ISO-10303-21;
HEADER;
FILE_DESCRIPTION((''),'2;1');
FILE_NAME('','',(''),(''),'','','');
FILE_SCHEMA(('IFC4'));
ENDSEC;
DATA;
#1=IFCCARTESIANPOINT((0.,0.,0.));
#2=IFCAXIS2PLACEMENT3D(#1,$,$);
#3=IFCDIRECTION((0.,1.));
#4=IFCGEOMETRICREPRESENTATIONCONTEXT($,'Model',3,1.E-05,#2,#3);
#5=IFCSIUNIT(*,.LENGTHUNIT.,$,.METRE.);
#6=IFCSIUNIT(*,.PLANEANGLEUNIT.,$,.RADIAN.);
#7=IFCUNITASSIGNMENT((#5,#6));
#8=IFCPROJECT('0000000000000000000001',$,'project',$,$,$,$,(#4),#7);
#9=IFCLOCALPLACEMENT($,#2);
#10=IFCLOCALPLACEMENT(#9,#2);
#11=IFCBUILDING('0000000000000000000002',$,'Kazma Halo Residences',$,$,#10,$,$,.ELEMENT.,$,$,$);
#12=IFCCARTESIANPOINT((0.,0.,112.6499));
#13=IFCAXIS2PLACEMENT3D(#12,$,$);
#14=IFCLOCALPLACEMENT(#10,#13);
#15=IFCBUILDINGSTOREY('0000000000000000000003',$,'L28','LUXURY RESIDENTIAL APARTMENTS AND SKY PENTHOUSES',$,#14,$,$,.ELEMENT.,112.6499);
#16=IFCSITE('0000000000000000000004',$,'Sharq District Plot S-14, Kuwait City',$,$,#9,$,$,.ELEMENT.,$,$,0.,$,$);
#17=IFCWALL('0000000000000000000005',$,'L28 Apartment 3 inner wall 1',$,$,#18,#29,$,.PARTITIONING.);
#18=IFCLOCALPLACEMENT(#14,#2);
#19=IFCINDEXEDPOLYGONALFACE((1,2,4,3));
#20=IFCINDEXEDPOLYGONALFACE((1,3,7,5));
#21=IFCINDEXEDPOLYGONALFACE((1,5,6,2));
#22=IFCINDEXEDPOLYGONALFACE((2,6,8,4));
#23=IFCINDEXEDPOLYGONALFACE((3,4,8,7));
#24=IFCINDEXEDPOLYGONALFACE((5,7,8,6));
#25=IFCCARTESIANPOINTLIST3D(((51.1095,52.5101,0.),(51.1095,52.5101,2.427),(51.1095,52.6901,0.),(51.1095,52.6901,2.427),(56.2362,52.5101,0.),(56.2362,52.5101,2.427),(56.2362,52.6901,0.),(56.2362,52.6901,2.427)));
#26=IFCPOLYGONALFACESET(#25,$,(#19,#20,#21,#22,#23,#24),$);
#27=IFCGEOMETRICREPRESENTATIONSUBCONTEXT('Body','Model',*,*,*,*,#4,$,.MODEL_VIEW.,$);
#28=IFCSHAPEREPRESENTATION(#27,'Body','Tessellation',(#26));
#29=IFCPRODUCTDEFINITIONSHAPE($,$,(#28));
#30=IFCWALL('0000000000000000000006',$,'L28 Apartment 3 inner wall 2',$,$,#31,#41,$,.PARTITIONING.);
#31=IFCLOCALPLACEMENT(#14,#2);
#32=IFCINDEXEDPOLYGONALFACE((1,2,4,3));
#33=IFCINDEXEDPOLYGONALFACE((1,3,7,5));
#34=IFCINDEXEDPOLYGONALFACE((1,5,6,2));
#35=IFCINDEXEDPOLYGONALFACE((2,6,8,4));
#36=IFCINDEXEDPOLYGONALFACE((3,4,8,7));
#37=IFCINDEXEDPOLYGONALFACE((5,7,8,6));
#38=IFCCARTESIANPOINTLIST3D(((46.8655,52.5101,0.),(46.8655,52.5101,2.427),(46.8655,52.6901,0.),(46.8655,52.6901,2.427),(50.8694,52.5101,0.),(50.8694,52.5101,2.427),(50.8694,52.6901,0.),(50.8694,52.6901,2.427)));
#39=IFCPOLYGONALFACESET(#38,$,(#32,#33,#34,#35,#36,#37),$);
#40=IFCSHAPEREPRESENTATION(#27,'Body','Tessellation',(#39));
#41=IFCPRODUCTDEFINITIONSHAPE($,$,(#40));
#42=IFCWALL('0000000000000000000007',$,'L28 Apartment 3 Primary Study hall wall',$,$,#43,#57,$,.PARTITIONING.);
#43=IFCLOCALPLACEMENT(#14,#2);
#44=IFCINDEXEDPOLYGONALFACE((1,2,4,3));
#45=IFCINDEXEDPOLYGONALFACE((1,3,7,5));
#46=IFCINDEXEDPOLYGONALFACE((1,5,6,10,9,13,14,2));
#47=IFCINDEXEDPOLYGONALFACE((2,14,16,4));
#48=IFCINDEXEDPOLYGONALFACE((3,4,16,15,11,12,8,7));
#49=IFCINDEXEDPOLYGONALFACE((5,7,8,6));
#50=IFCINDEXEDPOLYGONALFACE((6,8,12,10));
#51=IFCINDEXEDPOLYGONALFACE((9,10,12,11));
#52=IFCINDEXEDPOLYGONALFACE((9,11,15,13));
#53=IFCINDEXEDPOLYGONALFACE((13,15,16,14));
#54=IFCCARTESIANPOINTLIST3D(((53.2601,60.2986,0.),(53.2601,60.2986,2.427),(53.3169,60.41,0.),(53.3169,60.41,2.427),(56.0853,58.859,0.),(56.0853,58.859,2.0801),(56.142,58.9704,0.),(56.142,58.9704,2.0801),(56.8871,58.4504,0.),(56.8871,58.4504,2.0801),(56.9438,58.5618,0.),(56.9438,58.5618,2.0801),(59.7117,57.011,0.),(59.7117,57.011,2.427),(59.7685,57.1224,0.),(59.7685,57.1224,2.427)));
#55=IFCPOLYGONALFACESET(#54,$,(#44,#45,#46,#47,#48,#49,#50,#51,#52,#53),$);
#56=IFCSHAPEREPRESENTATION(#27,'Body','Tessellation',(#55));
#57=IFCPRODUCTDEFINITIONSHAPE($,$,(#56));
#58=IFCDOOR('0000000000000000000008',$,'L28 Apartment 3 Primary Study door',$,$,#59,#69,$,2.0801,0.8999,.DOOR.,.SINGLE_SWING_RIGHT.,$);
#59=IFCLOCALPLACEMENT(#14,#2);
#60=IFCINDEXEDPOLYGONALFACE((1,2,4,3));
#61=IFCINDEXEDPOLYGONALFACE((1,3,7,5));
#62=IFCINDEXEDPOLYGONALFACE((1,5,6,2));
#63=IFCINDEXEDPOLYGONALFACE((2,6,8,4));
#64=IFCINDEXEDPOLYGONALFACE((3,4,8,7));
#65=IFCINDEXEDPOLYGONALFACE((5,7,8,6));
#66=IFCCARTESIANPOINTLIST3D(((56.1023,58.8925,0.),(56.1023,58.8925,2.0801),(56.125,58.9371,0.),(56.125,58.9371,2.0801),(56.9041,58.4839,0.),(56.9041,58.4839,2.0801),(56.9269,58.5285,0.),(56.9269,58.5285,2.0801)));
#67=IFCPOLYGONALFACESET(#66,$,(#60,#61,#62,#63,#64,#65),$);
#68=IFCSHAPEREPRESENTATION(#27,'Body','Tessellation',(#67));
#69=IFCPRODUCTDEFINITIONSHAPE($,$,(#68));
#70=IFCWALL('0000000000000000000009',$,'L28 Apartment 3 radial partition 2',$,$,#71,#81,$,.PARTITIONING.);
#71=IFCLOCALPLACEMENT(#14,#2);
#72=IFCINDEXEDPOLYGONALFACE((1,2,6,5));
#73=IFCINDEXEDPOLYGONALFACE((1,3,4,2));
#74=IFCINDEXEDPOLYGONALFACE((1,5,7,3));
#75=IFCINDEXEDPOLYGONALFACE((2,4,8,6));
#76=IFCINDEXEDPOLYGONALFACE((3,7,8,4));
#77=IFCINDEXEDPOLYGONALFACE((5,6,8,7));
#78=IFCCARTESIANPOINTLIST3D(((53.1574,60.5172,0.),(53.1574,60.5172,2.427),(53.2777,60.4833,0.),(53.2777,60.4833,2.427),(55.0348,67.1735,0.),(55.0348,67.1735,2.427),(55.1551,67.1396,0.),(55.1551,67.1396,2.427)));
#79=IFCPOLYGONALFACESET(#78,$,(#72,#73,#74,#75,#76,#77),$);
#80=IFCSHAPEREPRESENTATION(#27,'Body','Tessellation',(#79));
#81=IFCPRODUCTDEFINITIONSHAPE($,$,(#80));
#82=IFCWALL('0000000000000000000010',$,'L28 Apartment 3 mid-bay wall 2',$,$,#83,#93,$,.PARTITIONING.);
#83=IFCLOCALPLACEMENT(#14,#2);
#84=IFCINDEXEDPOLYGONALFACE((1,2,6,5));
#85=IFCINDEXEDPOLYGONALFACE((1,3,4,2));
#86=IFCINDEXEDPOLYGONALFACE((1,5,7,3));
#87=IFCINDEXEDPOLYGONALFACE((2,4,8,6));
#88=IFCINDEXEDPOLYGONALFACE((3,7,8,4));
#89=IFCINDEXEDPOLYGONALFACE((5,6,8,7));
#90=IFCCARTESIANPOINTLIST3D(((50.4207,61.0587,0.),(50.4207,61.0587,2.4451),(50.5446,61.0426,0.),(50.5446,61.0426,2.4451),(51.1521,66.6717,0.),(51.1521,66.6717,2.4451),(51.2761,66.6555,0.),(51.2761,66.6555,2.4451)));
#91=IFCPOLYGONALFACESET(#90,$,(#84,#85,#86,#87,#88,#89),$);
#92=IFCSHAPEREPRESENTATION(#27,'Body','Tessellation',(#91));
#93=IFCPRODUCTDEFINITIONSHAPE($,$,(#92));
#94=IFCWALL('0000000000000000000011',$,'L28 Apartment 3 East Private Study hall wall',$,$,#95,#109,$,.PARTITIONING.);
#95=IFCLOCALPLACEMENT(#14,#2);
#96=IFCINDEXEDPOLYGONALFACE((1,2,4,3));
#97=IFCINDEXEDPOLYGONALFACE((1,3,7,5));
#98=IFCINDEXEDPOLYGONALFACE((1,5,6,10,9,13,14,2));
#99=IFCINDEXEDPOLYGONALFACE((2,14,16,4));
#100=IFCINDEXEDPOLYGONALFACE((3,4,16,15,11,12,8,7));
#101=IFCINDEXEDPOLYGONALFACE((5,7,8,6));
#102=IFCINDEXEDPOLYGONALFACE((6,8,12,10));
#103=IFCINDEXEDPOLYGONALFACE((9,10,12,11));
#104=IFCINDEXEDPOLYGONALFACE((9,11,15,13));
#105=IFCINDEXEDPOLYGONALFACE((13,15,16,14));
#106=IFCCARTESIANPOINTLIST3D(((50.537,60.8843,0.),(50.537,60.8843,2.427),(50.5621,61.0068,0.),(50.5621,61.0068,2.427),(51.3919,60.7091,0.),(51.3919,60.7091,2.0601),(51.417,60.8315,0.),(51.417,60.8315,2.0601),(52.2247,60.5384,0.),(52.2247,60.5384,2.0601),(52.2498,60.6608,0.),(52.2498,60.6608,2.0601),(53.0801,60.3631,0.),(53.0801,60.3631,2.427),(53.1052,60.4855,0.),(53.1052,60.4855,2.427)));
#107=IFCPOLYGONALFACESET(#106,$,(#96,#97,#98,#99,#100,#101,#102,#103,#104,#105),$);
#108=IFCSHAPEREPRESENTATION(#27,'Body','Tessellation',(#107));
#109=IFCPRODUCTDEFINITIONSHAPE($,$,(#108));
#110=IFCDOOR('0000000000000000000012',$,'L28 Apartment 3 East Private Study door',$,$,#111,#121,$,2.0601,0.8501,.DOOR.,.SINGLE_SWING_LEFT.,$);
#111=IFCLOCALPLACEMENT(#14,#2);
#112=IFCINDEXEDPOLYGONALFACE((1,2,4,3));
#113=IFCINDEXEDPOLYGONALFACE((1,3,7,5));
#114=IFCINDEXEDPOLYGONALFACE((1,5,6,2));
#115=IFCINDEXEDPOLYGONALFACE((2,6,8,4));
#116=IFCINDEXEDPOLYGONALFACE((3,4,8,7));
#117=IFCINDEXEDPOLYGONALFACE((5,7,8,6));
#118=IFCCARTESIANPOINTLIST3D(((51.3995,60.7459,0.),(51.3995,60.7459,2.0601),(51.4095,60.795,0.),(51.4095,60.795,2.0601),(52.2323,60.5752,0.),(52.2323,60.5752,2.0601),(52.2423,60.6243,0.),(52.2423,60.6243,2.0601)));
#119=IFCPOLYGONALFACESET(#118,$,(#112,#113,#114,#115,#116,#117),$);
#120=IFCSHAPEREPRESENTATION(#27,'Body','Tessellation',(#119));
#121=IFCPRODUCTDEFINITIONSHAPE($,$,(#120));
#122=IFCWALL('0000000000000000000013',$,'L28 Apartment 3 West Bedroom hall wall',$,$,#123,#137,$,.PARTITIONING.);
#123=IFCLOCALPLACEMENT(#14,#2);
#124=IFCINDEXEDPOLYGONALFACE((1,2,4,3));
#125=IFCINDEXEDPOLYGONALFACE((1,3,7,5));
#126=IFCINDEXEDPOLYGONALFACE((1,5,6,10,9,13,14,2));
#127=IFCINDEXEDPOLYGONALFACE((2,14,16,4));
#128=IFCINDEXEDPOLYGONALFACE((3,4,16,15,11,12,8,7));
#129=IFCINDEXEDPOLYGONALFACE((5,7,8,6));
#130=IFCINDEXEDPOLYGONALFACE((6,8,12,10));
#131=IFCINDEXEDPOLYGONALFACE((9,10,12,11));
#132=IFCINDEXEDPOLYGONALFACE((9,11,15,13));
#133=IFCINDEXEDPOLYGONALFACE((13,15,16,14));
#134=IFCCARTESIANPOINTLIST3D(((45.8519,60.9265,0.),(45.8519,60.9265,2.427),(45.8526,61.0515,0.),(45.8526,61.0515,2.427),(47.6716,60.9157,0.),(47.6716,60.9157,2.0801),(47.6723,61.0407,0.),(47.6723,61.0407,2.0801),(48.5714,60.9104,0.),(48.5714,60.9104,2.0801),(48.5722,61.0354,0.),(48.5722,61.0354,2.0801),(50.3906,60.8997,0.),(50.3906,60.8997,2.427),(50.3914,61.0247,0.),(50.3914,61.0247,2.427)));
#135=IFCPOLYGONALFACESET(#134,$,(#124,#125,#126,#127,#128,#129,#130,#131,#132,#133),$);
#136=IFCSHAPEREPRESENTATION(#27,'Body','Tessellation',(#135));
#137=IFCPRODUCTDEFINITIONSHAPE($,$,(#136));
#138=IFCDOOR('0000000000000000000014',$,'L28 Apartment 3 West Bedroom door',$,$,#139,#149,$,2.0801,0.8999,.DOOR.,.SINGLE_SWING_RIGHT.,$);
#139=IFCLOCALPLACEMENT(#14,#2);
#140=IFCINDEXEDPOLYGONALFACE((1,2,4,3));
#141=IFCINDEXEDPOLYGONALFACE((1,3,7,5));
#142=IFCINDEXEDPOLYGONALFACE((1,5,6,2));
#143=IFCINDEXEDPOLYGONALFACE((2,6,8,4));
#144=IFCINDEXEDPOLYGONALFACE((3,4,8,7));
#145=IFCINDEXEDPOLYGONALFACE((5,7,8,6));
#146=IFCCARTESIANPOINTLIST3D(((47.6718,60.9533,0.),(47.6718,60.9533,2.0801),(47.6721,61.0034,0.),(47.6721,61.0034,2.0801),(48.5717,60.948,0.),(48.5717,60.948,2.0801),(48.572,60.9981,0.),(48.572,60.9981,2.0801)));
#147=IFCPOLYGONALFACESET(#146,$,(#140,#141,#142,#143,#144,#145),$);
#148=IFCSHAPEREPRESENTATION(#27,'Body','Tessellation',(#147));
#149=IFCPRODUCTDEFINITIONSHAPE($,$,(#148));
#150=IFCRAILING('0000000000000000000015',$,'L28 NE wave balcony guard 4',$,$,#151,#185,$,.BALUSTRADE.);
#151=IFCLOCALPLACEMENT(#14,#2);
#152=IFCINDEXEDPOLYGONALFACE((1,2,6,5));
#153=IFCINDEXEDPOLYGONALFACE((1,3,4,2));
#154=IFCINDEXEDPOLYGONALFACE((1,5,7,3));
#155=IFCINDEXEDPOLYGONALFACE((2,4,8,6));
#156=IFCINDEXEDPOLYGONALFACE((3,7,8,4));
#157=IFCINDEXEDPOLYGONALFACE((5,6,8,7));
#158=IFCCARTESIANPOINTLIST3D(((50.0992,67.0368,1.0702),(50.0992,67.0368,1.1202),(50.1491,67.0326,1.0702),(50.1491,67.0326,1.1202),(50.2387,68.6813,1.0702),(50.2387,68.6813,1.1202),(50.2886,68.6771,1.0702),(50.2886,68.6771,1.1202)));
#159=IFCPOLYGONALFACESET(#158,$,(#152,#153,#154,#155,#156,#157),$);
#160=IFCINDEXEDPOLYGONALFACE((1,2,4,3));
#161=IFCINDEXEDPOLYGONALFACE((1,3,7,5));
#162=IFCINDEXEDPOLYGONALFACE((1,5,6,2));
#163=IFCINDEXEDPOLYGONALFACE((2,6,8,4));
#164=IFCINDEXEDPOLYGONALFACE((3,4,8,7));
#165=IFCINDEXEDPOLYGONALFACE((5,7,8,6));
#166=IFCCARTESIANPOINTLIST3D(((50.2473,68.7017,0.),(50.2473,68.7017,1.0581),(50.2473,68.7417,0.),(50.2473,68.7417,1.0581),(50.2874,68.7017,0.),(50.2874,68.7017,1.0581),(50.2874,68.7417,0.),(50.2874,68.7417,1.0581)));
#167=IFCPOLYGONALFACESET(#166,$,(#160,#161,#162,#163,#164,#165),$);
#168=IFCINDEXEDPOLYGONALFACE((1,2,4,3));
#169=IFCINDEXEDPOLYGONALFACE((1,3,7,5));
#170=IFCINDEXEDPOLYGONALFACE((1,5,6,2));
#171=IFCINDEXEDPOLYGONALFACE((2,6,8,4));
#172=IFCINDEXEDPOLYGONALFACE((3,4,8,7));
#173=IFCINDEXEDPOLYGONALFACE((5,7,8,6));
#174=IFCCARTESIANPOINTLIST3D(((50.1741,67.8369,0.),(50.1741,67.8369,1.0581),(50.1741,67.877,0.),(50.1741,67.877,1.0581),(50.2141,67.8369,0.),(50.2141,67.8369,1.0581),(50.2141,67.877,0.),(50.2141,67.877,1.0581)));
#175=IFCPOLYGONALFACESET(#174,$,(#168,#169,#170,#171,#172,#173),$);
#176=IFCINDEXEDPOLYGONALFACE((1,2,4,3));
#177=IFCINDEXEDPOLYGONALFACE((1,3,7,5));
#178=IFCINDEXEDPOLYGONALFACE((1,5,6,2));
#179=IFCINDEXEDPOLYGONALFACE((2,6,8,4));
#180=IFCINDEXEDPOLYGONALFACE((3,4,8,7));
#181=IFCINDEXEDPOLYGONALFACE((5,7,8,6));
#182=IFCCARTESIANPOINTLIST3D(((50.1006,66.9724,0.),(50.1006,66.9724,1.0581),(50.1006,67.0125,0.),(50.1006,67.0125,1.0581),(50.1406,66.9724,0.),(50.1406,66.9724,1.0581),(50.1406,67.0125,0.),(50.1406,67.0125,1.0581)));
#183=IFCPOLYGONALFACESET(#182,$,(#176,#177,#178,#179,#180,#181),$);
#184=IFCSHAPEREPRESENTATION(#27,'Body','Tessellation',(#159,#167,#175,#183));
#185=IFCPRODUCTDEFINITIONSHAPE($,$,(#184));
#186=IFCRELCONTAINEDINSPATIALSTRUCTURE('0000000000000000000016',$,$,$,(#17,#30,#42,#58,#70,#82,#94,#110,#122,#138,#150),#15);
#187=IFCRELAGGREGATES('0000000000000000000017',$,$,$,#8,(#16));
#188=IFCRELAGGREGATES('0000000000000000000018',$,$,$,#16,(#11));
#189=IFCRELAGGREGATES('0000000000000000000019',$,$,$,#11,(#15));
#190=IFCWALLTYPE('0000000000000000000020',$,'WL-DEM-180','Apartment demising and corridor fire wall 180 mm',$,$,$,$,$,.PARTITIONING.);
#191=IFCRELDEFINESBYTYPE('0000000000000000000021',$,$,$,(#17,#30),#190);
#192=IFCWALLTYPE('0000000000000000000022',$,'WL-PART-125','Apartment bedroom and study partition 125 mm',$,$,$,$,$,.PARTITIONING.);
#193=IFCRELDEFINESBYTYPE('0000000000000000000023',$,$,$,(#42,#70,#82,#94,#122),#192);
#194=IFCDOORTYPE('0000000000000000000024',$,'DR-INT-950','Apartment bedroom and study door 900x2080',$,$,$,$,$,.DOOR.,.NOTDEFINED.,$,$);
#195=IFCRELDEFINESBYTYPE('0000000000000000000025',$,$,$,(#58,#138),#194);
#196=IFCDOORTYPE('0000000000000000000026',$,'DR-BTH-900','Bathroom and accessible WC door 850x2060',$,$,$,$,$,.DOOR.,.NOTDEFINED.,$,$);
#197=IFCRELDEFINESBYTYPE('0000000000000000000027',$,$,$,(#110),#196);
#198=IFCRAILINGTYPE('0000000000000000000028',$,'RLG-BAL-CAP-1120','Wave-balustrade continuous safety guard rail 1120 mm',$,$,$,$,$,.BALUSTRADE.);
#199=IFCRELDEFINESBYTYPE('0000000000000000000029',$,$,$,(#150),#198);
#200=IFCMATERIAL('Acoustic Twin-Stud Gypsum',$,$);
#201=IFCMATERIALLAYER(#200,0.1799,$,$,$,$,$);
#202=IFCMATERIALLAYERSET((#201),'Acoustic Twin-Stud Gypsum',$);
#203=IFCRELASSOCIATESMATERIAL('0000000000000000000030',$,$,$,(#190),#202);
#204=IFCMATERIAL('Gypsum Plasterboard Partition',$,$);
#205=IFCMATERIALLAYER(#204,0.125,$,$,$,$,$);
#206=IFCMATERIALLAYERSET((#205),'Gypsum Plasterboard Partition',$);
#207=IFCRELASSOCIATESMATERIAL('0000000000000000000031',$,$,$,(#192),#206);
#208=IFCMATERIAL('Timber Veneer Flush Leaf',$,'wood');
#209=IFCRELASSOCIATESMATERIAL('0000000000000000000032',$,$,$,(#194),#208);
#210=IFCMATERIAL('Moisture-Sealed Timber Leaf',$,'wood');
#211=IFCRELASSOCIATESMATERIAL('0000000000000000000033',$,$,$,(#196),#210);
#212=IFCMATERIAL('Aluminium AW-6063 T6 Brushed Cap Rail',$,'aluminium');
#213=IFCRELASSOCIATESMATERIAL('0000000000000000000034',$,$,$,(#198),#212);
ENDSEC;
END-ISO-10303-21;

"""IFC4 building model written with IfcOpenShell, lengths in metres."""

from ifc_helpers import new_model, si_unit, direction, frame, frame_2d, origin, origin_2d, place, context, subcontext, project, spatial, rectangle, extrude, material, layer, layer_set, type_object, element, fill, save


model = new_model("IFC4")

# Units and contexts
model_context = context("Model", 3, precision=1e-05, world=origin(), true_north=direction((0.0, 1.0)))
body_context = subcontext(model_context, "Body", "Model", "MODEL_VIEW")
ifc_project = project(units=[si_unit("LENGTHUNIT", "METRE"), si_unit("PLANEANGLEUNIT", "RADIAN")], contexts=[model_context])

# Site, building, storey
site_placement = place(None, origin())
site = spatial("IfcSite", under=ifc_project, at=site_placement, Name="Sharq District Plot S-14, Kuwait City", CompositionType="ELEMENT", RefElevation=0.0)
building_placement = place(site_placement, origin())
building = spatial("IfcBuilding", under=site, at=building_placement, Name="Kazma Halo Residences", CompositionType="ELEMENT")
storey_placement = place(building_placement, frame((0.0, 0.0, 112.6499)))
storey = spatial("IfcBuildingStorey", under=building, at=storey_placement, Name="L28", Description="LUXURY RESIDENTIAL APARTMENTS AND SKY PENTHOUSES", CompositionType="ELEMENT", Elevation=112.6499)

# Walls
ifc_material_1 = material(Name="Acoustic Twin-Stud Gypsum")
ifc_layer_1 = layer(ifc_material_1, 0.1799)
ifc_layer_set_1 = layer_set([ifc_layer_1], Name="Acoustic Twin-Stud Gypsum")
wall_type_1 = type_object("IfcWallType", Name="WL-DEM-180", Description="Apartment demising and corridor fire wall 180 mm", PredefinedType="PARTITIONING", material=ifc_layer_set_1)
wall_1_placement = place(storey_placement, frame((56.2363, 52.6001, 0.0), z_axis=(0.0, 0.0, 1.0), x_axis=(-1.0, 0.0, 0.0)))
element("IfcWall", 1, at=wall_1_placement, inside=storey, type_object=wall_type_1, Name="L28 Apartment 3 inner wall 1", PredefinedType="PARTITIONING", context=body_context, shape_type="SweptSolid", body=[
    extrude(rectangle(XDim=5.1267, YDim=0.1799, at=frame_2d((2.5635, 0.0))), origin(), (0.0, 0.0, 1.0), 2.427),
])
wall_2_placement = place(storey_placement, frame((50.8694, 52.6001, 0.0), z_axis=(0.0, 0.0, 1.0), x_axis=(-1.0, 0.0, 0.0)))
element("IfcWall", 2, at=wall_2_placement, inside=storey, type_object=wall_type_1, Name="L28 Apartment 3 inner wall 2", PredefinedType="PARTITIONING", context=body_context, shape_type="SweptSolid", body=[
    extrude(rectangle(XDim=4.0039, YDim=0.1799, at=frame_2d((2.002, 0.0))), origin(), (0.0, 0.0, 1.0), 2.427),
])

# Wall, opening, door
ifc_material_2 = material(Name="Gypsum Plasterboard Partition")
ifc_layer_2 = layer(ifc_material_2, 0.125)
ifc_layer_set_2 = layer_set([ifc_layer_2], Name="Gypsum Plasterboard Partition")
wall_type_2 = type_object("IfcWallType", Name="WL-PART-125", Description="Apartment bedroom and study partition 125 mm", PredefinedType="PARTITIONING", material=ifc_layer_set_2)
wall_3_placement = place(storey_placement, frame((59.7402, 57.0667, 0.0), z_axis=(0.0, 0.0, 1.0), x_axis=(-0.890989, 0.454025, 0.0)))
wall_3 = element("IfcWall", 3, at=wall_3_placement, inside=storey, type_object=wall_type_2, Name="L28 Apartment 3 Primary Study hall wall", PredefinedType="PARTITIONING", context=body_context, shape_type="SweptSolid", body=[
    extrude(rectangle(XDim=7.241, YDim=0.125, at=frame_2d((3.6206, 0.0))), origin(), (0.0, 0.0, 1.0), 2.427),
])
opening_1_placement = place(wall_3_placement, frame((3.1704, 0.0, 0.0)))
opening_1 = element("IfcOpeningElement", 4, at=opening_1_placement, cuts=wall_3, PredefinedType="OPENING", context=body_context, shape_type="SweptSolid", body=[
    extrude(rectangle(XDim=0.8999, YDim=2.0801, at=frame_2d((0.45, 1.04))), frame((0.0, 0.0725, 0.0), z_axis=(0.0, -1.0, 0.0), x_axis=(1.0, 0.0, 0.0)), (0.0, 0.0, 1.0), 0.145),
])
ifc_material_3 = material(Name="Timber Veneer Flush Leaf", Category="wood")
door_type_1 = type_object("IfcDoorType", Name="DR-INT-950", Description="Apartment bedroom and study door 900x2080", OperationType="NOTDEFINED", PredefinedType="DOOR", material=ifc_material_3)
door_1_placement = place(opening_1_placement, origin())
door_1 = element("IfcDoor", 5, at=door_1_placement, inside=storey, type_object=door_type_1, Name="L28 Apartment 3 Primary Study door", OperationType="SINGLE_SWING_RIGHT", OverallHeight=2.0801, OverallWidth=0.8999, PredefinedType="DOOR", context=body_context, shape_type="SweptSolid", body=[
    extrude(rectangle(XDim=0.8999, YDim=2.0801, at=frame_2d((0.45, 1.04))), frame((0.0, 0.0249, 0.0), z_axis=(0.0, -1.0, 0.0), x_axis=(1.0, 0.0, 0.0)), (0.0, 0.0, 1.0), 0.05),
])
fill(opening_1, door_1)

# Walls
wall_4_placement = place(storey_placement, frame((53.2175, 60.5002, 0.0), z_axis=(0.0, 0.0, 1.0), x_axis=(0.271465, 0.962448, 0.0)))
element("IfcWall", 6, at=wall_4_placement, inside=storey, type_object=wall_type_2, Name="L28 Apartment 3 radial partition 2", PredefinedType="PARTITIONING", context=body_context, shape_type="SweptSolid", body=[
    extrude(rectangle(XDim=6.916, YDim=0.125, at=frame_2d((3.458, 0.0))), origin(), (0.0, 0.0, 1.0), 2.427),
])
wall_5_placement = place(storey_placement, frame((50.4827, 61.0508, 0.0), z_axis=(0.0, 0.0, 1.0), x_axis=(0.129219, 0.991616, 0.0)))
element("IfcWall", 7, at=wall_5_placement, inside=storey, type_object=wall_type_2, Name="L28 Apartment 3 mid-bay wall 2", PredefinedType="PARTITIONING", context=body_context, shape_type="SweptSolid", body=[
    extrude(rectangle(XDim=5.6604, YDim=0.125, at=frame_2d((2.8301, 0.0))), origin(), (0.0, 0.0, 1.0), 2.4451),
])

# Walls, openings, doors
wall_6_placement = place(storey_placement, frame((53.0925, 60.4243, 0.0), z_axis=(0.0, 0.0, 1.0), x_axis=(-0.979633, 0.200798, 0.0)))
wall_6 = element("IfcWall", 8, at=wall_6_placement, inside=storey, type_object=wall_type_2, Name="L28 Apartment 3 East Private Study hall wall", PredefinedType="PARTITIONING", context=body_context, shape_type="SweptSolid", body=[
    extrude(rectangle(XDim=2.5959, YDim=0.125, at=frame_2d((1.2979, 0.0))), origin(), (0.0, 0.0, 1.0), 2.427),
])
opening_2_placement = place(wall_6_placement, frame((0.873, 0.0, 0.0)))
opening_2 = element("IfcOpeningElement", 9, at=opening_2_placement, cuts=wall_6, PredefinedType="OPENING", context=body_context, shape_type="SweptSolid", body=[
    extrude(rectangle(XDim=0.8501, YDim=2.0601, at=frame_2d((0.425, 1.03))), frame((0.0, 0.0725, 0.0), z_axis=(0.0, -1.0, 0.0), x_axis=(1.0, 0.0, 0.0)), (0.0, 0.0, 1.0), 0.145),
])
ifc_material_4 = material(Name="Moisture-Sealed Timber Leaf", Category="wood")
door_type_2 = type_object("IfcDoorType", Name="DR-BTH-900", Description="Bathroom and accessible WC door 850x2060", OperationType="NOTDEFINED", PredefinedType="DOOR", material=ifc_material_4)
door_2_placement = place(opening_2_placement, origin())
door_2 = element("IfcDoor", 10, at=door_2_placement, inside=storey, type_object=door_type_2, Name="L28 Apartment 3 East Private Study door", OperationType="SINGLE_SWING_LEFT", OverallHeight=2.0601, OverallWidth=0.8501, PredefinedType="DOOR", context=body_context, shape_type="SweptSolid", body=[
    extrude(rectangle(XDim=0.8501, YDim=2.0601, at=frame_2d((0.425, 1.03))), frame((0.0, 0.0249, 0.0), z_axis=(0.0, -1.0, 0.0), x_axis=(1.0, 0.0, 0.0)), (0.0, 0.0, 1.0), 0.05),
])
fill(opening_2, door_2)
wall_7_placement = place(storey_placement, frame((50.3911, 60.9622, 0.0), z_axis=(0.0, 0.0, 1.0), x_axis=(-0.999982, 0.005917, 0.0)))
wall_7 = element("IfcWall", 11, at=wall_7_placement, inside=storey, type_object=wall_type_2, Name="L28 Apartment 3 West Bedroom hall wall", PredefinedType="PARTITIONING", context=body_context, shape_type="SweptSolid", body=[
    extrude(rectangle(XDim=4.5388, YDim=0.125, at=frame_2d((2.2695, 0.0))), origin(), (0.0, 0.0, 1.0), 2.427),
])
opening_3_placement = place(wall_7_placement, frame((1.8193, 0.0, 0.0)))
opening_3 = element("IfcOpeningElement", 12, at=opening_3_placement, cuts=wall_7, PredefinedType="OPENING", context=body_context, shape_type="SweptSolid", body=[
    extrude(rectangle(XDim=0.8999, YDim=2.0801, at=frame_2d((0.45, 1.04))), frame((0.0, 0.0725, 0.0), z_axis=(0.0, -1.0, 0.0), x_axis=(1.0, 0.0, 0.0)), (0.0, 0.0, 1.0), 0.145),
])
door_3_placement = place(opening_3_placement, origin())
door_3 = element("IfcDoor", 13, at=door_3_placement, inside=storey, type_object=door_type_1, Name="L28 Apartment 3 West Bedroom door", OperationType="SINGLE_SWING_RIGHT", OverallHeight=2.0801, OverallWidth=0.8999, PredefinedType="DOOR", context=body_context, shape_type="SweptSolid", body=[
    extrude(rectangle(XDim=0.8999, YDim=2.0801, at=frame_2d((0.45, 1.04))), frame((0.0, 0.0249, 0.0), z_axis=(0.0, -1.0, 0.0), x_axis=(1.0, 0.0, 0.0)), (0.0, 0.0, 1.0), 0.05),
])
fill(opening_3, door_3)

# Railing
ifc_material_5 = material(Name="Aluminium AW-6063 T6 Brushed Cap Rail", Category="aluminium")
railing_type = type_object("IfcRailingType", Name="RLG-BAL-CAP-1120", Description="Wave-balustrade continuous safety guard rail 1120 mm", PredefinedType="BALUSTRADE", material=ifc_material_5)
railing_1_placement = place(storey_placement, frame((50.2673, 68.7217, 0.0)))
element("IfcRailing", 14, at=railing_1_placement, inside=storey, type_object=railing_type, Name="L28 NE wave balcony guard 4", PredefinedType="BALUSTRADE", context=body_context, shape_type="SweptSolid", body=[
    extrude(rectangle(XDim=0.05, YDim=0.05, at=origin_2d()), frame((-0.0037, -0.0425, 1.0952), z_axis=(-0.084547, -0.996419, 0.0), x_axis=(0.996419, -0.084547, 0.0)), (0.0, 0.0, 1.0), 1.6504),
    extrude(rectangle(XDim=0.04, YDim=0.04, at=origin_2d()), origin(), (0.0, 0.0, 1.0), 1.0581),
    extrude(rectangle(XDim=0.04, YDim=0.04, at=origin_2d()), frame((-0.0732, -0.8647, 0.0)), (0.0, 0.0, 1.0), 1.0581),
    extrude(rectangle(XDim=0.04, YDim=0.04, at=origin_2d()), frame((-0.1467, -1.7292, 0.0)), (0.0, 0.0, 1.0), 1.0581),
])

save(model, "model.ifc")
